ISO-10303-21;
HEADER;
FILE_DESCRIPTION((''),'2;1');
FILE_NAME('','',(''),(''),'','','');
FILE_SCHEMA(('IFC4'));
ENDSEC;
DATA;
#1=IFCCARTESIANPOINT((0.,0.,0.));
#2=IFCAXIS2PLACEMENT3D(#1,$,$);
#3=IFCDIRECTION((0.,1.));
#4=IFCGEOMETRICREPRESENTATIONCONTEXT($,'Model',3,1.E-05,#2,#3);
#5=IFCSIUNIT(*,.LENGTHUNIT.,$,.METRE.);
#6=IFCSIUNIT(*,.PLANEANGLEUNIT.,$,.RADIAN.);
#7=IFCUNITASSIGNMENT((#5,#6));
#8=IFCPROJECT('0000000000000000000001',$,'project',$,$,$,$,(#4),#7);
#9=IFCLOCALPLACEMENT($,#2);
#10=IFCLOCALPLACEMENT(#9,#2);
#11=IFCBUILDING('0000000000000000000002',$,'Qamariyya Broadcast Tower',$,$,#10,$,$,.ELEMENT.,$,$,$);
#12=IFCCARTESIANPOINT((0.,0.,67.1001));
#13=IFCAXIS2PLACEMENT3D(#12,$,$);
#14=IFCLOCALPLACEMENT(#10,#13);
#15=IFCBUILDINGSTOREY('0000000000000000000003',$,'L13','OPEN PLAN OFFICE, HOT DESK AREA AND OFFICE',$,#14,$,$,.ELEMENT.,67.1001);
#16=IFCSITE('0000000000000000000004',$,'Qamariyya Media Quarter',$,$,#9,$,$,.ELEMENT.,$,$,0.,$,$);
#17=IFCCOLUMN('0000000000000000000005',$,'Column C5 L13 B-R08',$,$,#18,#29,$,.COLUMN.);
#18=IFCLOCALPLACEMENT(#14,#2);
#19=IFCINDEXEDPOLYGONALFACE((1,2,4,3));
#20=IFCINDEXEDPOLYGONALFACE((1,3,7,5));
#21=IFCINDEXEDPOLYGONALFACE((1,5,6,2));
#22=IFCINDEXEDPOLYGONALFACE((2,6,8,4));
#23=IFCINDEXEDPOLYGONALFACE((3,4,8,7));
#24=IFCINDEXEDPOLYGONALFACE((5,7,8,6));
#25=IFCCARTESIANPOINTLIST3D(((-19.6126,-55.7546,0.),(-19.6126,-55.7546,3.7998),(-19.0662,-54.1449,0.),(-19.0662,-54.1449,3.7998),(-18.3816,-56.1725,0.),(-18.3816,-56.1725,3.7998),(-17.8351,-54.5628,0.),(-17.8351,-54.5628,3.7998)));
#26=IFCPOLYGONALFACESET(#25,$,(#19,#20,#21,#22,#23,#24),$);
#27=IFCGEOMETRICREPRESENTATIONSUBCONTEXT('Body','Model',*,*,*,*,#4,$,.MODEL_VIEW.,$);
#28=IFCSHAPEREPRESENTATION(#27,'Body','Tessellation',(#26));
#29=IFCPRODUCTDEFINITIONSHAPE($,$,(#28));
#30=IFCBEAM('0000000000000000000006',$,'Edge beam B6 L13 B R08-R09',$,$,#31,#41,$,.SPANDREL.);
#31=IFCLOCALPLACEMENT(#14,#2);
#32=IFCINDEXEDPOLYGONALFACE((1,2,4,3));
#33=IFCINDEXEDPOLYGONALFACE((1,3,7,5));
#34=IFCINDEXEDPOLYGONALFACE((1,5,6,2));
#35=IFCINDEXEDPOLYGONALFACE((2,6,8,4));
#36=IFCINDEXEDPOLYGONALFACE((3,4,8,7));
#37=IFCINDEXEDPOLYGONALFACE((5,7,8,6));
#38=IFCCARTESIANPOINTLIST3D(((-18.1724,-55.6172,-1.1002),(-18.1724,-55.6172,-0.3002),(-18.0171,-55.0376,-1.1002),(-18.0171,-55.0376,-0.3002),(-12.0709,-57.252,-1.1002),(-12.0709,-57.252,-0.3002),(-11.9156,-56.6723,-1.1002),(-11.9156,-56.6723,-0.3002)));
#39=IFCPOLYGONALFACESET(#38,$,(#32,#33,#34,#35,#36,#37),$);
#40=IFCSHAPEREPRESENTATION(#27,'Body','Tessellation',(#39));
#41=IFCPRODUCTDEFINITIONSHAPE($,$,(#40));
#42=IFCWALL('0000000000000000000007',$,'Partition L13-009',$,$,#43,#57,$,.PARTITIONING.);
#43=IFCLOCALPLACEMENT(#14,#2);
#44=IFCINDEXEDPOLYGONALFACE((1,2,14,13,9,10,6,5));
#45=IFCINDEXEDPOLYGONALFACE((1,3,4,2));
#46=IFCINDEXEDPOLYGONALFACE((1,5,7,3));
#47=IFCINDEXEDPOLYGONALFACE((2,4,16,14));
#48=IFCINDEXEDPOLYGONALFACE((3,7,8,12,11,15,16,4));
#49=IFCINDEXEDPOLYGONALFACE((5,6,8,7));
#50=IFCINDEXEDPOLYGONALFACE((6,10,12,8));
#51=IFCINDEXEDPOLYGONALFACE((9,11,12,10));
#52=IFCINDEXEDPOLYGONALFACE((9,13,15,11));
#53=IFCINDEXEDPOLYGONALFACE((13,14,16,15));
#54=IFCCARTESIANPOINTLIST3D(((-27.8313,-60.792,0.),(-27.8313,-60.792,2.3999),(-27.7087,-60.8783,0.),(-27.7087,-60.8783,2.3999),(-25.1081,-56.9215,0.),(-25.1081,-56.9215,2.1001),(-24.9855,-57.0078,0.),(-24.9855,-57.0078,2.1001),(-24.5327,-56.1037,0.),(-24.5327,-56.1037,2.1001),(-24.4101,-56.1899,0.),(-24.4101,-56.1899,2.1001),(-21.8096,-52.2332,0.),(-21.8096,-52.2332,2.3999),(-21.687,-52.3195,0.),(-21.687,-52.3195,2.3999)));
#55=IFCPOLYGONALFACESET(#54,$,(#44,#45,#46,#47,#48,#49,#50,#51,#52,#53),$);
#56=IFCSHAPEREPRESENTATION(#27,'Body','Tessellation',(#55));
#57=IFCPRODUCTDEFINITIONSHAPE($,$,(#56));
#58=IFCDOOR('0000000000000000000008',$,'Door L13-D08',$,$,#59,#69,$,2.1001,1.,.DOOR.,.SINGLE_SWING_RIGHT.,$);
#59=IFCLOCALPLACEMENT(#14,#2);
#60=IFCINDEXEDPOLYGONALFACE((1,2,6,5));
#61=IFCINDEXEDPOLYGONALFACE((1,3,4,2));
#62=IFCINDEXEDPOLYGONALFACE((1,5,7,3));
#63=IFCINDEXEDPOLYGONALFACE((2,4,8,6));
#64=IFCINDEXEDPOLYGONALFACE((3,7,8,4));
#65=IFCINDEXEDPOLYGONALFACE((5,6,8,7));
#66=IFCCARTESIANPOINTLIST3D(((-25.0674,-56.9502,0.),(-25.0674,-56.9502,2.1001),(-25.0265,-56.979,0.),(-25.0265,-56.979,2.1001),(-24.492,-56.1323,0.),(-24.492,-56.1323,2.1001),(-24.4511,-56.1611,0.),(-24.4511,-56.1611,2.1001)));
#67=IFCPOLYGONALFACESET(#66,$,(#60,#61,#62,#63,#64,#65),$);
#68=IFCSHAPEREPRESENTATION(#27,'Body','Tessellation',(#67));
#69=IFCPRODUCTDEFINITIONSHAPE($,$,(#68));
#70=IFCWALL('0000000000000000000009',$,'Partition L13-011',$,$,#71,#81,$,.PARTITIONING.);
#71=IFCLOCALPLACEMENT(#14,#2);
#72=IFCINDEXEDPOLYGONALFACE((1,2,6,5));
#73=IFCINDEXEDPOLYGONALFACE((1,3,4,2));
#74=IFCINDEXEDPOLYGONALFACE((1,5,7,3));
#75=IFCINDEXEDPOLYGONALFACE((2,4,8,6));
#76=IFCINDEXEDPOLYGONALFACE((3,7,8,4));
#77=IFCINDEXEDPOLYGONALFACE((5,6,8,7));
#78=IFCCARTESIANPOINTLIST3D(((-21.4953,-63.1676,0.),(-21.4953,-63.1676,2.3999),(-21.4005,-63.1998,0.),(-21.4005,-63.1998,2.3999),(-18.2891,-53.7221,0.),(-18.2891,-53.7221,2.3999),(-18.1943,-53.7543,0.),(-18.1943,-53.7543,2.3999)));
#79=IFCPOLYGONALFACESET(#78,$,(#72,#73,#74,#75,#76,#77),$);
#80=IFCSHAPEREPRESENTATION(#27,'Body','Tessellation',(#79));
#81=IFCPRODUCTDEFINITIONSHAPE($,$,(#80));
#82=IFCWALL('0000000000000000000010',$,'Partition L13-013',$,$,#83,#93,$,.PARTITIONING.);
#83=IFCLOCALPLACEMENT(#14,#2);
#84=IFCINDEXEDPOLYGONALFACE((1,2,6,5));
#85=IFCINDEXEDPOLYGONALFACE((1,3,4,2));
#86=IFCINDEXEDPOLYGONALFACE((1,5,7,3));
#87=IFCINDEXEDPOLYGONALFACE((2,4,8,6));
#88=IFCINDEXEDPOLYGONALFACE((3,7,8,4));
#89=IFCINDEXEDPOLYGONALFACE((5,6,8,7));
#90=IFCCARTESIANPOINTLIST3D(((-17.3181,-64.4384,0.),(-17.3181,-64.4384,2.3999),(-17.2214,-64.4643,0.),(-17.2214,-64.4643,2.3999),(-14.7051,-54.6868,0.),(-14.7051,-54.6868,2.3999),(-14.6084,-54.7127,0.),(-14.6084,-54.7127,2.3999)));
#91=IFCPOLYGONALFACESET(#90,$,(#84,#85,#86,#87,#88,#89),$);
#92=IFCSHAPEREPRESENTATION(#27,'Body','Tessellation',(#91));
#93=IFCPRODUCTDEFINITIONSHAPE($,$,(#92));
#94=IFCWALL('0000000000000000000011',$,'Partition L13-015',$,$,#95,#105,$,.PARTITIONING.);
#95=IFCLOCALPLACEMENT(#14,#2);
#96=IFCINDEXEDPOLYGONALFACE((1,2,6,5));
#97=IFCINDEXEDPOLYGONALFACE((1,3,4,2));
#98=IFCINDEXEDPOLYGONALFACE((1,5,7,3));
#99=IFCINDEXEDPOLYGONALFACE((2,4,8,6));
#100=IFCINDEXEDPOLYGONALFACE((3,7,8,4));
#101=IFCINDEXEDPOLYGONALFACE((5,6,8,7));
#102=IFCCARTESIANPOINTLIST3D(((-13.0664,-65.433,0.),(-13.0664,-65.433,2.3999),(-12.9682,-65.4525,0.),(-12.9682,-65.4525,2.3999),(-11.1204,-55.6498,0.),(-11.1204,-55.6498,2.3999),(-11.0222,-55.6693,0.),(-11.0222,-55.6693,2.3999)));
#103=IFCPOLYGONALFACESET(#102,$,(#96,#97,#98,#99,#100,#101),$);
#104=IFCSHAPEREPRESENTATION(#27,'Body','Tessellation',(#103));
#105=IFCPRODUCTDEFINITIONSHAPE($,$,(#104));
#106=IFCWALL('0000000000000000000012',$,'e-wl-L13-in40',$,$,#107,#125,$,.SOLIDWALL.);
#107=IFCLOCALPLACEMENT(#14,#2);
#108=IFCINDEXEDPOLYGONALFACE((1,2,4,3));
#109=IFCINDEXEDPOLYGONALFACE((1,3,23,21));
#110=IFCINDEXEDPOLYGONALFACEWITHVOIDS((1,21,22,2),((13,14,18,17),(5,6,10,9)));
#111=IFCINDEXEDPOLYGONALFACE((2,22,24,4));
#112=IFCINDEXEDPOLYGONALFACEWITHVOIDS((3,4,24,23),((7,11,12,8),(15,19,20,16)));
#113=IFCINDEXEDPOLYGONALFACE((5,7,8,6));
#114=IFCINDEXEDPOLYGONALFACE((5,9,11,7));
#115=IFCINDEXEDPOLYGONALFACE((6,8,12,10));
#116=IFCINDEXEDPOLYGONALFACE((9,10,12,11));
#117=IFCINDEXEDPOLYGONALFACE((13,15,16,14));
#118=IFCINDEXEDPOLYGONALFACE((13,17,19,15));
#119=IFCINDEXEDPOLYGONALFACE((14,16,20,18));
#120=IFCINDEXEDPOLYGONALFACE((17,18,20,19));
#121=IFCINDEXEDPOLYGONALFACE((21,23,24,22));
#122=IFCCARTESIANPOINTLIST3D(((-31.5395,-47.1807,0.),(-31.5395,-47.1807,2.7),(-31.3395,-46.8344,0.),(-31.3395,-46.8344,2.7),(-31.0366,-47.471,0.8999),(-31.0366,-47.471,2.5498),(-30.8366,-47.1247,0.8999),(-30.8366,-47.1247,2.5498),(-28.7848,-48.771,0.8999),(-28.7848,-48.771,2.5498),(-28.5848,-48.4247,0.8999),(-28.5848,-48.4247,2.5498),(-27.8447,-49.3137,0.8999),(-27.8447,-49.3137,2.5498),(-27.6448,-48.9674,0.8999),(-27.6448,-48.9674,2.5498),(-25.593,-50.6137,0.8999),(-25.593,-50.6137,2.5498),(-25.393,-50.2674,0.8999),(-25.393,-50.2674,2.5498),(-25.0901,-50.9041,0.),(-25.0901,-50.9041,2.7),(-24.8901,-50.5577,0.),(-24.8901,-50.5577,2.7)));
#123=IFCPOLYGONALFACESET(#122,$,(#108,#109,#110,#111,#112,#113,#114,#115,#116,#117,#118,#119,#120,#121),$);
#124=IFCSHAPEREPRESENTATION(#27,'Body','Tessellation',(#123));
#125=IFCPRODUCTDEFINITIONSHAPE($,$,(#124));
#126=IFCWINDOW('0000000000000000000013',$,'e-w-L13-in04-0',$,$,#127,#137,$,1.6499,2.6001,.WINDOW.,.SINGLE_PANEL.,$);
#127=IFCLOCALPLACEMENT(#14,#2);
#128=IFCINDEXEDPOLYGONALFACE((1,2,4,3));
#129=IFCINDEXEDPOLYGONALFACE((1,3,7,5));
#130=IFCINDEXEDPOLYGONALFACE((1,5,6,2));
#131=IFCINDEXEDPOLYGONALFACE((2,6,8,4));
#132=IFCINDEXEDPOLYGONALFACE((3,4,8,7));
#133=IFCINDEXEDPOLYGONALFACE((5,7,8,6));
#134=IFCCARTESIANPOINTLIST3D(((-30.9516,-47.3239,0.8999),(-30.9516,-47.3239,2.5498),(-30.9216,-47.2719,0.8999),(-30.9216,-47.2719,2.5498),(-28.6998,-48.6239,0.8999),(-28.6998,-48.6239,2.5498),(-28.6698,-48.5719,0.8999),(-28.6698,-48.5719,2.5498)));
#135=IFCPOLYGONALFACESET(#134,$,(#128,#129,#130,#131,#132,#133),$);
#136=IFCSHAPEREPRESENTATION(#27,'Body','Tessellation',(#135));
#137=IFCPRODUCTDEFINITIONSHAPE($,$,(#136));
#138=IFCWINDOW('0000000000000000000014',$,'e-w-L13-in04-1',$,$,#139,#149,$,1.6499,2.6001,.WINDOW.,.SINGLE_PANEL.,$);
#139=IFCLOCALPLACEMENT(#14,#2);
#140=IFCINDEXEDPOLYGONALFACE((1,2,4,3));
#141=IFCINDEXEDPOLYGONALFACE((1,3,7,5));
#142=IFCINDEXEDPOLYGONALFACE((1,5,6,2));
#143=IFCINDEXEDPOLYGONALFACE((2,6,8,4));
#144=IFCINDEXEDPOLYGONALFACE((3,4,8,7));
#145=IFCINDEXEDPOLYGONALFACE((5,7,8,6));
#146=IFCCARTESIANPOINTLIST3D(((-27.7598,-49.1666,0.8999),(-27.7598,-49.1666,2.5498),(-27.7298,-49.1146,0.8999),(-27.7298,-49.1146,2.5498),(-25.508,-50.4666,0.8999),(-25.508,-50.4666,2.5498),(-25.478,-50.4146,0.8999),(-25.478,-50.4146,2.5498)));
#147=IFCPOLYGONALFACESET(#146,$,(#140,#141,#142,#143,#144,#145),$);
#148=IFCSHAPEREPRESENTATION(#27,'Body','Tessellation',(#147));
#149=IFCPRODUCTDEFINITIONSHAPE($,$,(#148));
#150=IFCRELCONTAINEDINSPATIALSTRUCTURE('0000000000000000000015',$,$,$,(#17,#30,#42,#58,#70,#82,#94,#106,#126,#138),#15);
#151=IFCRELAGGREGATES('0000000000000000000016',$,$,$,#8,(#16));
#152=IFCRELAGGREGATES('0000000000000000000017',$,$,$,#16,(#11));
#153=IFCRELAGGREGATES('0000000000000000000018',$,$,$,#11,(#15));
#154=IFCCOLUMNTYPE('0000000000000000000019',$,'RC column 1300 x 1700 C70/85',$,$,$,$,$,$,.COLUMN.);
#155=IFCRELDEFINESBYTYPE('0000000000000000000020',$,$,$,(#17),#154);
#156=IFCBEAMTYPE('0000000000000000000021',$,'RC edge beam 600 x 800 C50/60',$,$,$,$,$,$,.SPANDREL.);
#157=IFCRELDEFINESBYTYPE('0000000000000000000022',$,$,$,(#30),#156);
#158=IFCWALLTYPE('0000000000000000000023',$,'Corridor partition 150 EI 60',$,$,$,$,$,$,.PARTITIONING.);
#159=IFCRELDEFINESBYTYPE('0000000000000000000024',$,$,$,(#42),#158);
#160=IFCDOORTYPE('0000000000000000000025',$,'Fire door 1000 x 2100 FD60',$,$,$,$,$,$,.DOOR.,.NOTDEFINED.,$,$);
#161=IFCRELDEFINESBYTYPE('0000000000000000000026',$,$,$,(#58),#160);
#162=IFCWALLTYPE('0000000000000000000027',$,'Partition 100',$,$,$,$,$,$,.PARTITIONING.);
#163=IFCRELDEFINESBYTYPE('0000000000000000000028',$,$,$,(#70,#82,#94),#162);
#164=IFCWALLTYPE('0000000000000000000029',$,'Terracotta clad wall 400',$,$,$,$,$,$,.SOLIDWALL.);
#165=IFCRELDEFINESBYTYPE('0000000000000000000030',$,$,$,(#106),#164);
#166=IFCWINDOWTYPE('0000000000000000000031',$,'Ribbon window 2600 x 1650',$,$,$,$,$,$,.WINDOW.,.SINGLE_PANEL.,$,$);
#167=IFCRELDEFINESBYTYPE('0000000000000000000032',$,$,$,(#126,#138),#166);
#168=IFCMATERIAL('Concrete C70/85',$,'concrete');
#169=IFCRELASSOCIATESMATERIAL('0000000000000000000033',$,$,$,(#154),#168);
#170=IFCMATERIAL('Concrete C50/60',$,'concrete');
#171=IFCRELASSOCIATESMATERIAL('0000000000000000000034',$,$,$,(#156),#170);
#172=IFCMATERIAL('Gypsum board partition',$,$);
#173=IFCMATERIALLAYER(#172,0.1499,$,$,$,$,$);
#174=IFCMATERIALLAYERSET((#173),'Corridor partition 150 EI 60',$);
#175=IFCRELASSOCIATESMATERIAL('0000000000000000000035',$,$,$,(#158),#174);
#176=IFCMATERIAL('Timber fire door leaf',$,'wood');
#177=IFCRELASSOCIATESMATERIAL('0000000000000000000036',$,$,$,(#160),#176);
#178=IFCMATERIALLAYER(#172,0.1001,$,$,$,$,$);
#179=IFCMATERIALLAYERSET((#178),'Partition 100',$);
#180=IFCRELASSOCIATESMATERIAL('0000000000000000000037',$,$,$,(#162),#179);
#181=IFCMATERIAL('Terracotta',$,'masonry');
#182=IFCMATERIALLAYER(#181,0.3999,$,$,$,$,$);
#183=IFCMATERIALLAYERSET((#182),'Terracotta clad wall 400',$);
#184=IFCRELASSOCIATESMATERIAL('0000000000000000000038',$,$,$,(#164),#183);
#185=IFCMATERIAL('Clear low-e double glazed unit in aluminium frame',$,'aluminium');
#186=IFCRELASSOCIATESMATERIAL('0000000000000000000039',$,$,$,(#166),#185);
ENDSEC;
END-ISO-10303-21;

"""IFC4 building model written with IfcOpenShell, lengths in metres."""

from ifc_helpers import new_model, si_unit, direction, frame, frame_2d, origin, origin_2d, place, context, subcontext, project, spatial, rectangle, extrude, material, layer, layer_set, material_profile, profile_set, type_object, element, fill, save


model = new_model("IFC4")

# Units and contexts
model_context = context("Model", 3, precision=1e-05, world=origin(), true_north=direction((0.0, 1.0)))
body_context = subcontext(model_context, "Body", "Model", "MODEL_VIEW")
ifc_project = project(units=[si_unit("LENGTHUNIT", "METRE"), si_unit("PLANEANGLEUNIT", "RADIAN")], contexts=[model_context])

# Site, building, storey
site_placement = place(None, origin())
site = spatial("IfcSite", under=ifc_project, at=site_placement, Name="Qamariyya Media Quarter", CompositionType="ELEMENT", RefElevation=0.0)
building_placement = place(site_placement, origin())
building = spatial("IfcBuilding", under=site, at=building_placement, Name="Qamariyya Broadcast Tower", CompositionType="ELEMENT")
storey_placement = place(building_placement, frame((0.0, 0.0, 67.1001)))
storey = spatial("IfcBuildingStorey", under=building, at=storey_placement, Name="L13", Description="OPEN PLAN OFFICE, HOT DESK AREA AND OFFICE", CompositionType="ELEMENT", Elevation=67.1001)

# Column
ifc_material_1 = material(Name="Concrete C70/85", Category="concrete")
ifc_material_profile_1 = material_profile(ifc_material_1, rectangle(XDim=1.3, YDim=1.7, at=origin_2d()))
ifc_profile_set_1 = profile_set([ifc_material_profile_1], Name="Concrete C70/85")
column_type = type_object("IfcColumnType", Name="RC column 1300 x 1700 C70/85", PredefinedType="COLUMN", material=ifc_profile_set_1)
column_placement = place(storey_placement, frame((-18.7239, -55.1587, 0.0), z_axis=(0.0, 0.0, 1.0), x_axis=(0.94693, -0.321439, 0.0)))
element("IfcColumn", 1, at=column_placement, inside=storey, type_object=column_type, Name="Column C5 L13 B-R08", PredefinedType="COLUMN", context=body_context, shape_type="SweptSolid", body=[
    extrude(rectangle(XDim=1.3, YDim=1.7, at=origin_2d()), origin(), (0.0, 0.0, 1.0), 3.7998),
])

# Beam
ifc_material_2 = material(Name="Concrete C50/60", Category="concrete")
ifc_material_profile_2 = material_profile(ifc_material_2, rectangle(XDim=0.6001, YDim=0.8, at=origin_2d()))
ifc_profile_set_2 = profile_set([ifc_material_profile_2], Name="Concrete C50/60")
beam_type = type_object("IfcBeamType", Name="RC edge beam 600 x 800 C50/60", PredefinedType="SPANDREL", material=ifc_profile_set_2)
beam_placement = place(storey_placement, frame((-18.0947, -55.3274, -0.7002), z_axis=(0.965931, -0.258798, 0.0), x_axis=(0.258798, 0.965931, 0.0)))
element("IfcBeam", 2, at=beam_placement, inside=storey, type_object=beam_type, Name="Edge beam B6 L13 B R08-R09", PredefinedType="SPANDREL", context=body_context, shape_type="SweptSolid", body=[
    extrude(rectangle(XDim=0.6001, YDim=0.8, at=origin_2d()), origin(), (0.0, 0.0, 1.0), 6.3167),
])

# Wall, opening, door
ifc_material_3 = material(Name="Gypsum board partition")
ifc_layer_1 = layer(ifc_material_3, 0.1499)
ifc_layer_set_1 = layer_set([ifc_layer_1], Name="Corridor partition 150 EI 60")
wall_type_1 = type_object("IfcWallType", Name="Corridor partition 150 EI 60", PredefinedType="PARTITIONING", material=ifc_layer_set_1)
wall_1_placement = place(storey_placement, frame((-21.7483, -52.2764, 0.0), z_axis=(0.0, 0.0, 1.0), x_axis=(-0.575419, -0.817858, 0.0)))
wall_1 = element("IfcWall", 3, at=wall_1_placement, inside=storey, type_object=wall_type_1, Name="Partition L13-009", PredefinedType="PARTITIONING", context=body_context, shape_type="SweptSolid", body=[
    extrude(rectangle(XDim=10.4648, YDim=0.1499, at=frame_2d((5.2324, 0.0))), origin(), (0.0, 0.0, 1.0), 2.3999),
])
opening_1_placement = place(wall_1_placement, frame((4.7324, 0.0, 0.0)))
opening_1 = element("IfcOpeningElement", 4, at=opening_1_placement, cuts=wall_1, PredefinedType="OPENING", context=body_context, shape_type="SweptSolid", body=[
    extrude(rectangle(XDim=1.0, YDim=2.1001, at=frame_2d((0.5, 1.05))), frame((0.0, 0.085, 0.0), z_axis=(0.0, -1.0, 0.0), x_axis=(1.0, 0.0, 0.0)), (0.0, 0.0, 1.0), 0.1699),
])
ifc_material_4 = material(Name="Timber fire door leaf", Category="wood")
door_type = type_object("IfcDoorType", Name="Fire door 1000 x 2100 FD60", OperationType="NOTDEFINED", PredefinedType="DOOR", material=ifc_material_4)
door_placement = place(opening_1_placement, origin())
door = element("IfcDoor", 5, at=door_placement, inside=storey, type_object=door_type, Name="Door L13-D08", OperationType="SINGLE_SWING_RIGHT", OverallHeight=2.1001, OverallWidth=1.0, PredefinedType="DOOR", context=body_context, shape_type="SweptSolid", body=[
    extrude(rectangle(XDim=1.0, YDim=2.1001, at=frame_2d((0.5, 1.05))), frame((0.0, 0.0249, 0.0), z_axis=(0.0, -1.0, 0.0), x_axis=(1.0, 0.0, 0.0)), (0.0, 0.0, 1.0), 0.05),
])
fill(opening_1, door)

# Walls
ifc_layer_2 = layer(ifc_material_3, 0.1001)
ifc_layer_set_2 = layer_set([ifc_layer_2], Name="Partition 100")
wall_type_2 = type_object("IfcWallType", Name="Partition 100", PredefinedType="PARTITIONING", material=ifc_layer_set_2)
wall_2_placement = place(storey_placement, frame((-18.2417, -53.7383, 0.0), z_axis=(0.0, 0.0, 1.0), x_axis=(-0.321436, -0.946931, 0.0)))
element("IfcWall", 6, at=wall_2_placement, inside=storey, type_object=wall_type_2, Name="Partition L13-011", PredefinedType="PARTITIONING", context=body_context, shape_type="SweptSolid", body=[
    extrude(rectangle(XDim=9.9749, YDim=0.1001, at=frame_2d((4.9873, 0.0))), origin(), (0.0, 0.0, 1.0), 2.3999),
])
wall_3_placement = place(storey_placement, frame((-14.6567, -54.6997, 0.0), z_axis=(0.0, 0.0, 1.0), x_axis=(-0.258826, -0.965924, 0.0)))
element("IfcWall", 7, at=wall_3_placement, inside=storey, type_object=wall_type_2, Name="Partition L13-013", PredefinedType="PARTITIONING", context=body_context, shape_type="SweptSolid", body=[
    extrude(rectangle(XDim=10.0957, YDim=0.1001, at=frame_2d((5.0479, 0.0))), origin(), (0.0, 0.0, 1.0), 2.3999),
])
wall_4_placement = place(storey_placement, frame((-11.0713, -55.6597, 0.0), z_axis=(0.0, 0.0, 1.0), x_axis=(-0.195095, -0.980784, 0.0)))
element("IfcWall", 8, at=wall_4_placement, inside=storey, type_object=wall_type_2, Name="Partition L13-015", PredefinedType="PARTITIONING", context=body_context, shape_type="SweptSolid", body=[
    extrude(rectangle(XDim=9.9749, YDim=0.1001, at=frame_2d((4.9873, 0.0))), origin(), (0.0, 0.0, 1.0), 2.3999),
])

# Wall, openings, windows
ifc_material_5 = material(Name="Terracotta", Category="masonry")
ifc_layer_3 = layer(ifc_material_5, 0.3999)
ifc_layer_set_3 = layer_set([ifc_layer_3], Name="Terracotta clad wall 400")
wall_type_3 = type_object("IfcWallType", Name="Terracotta clad wall 400", PredefinedType="SOLIDWALL", material=ifc_layer_set_3)
wall_5_placement = place(storey_placement, frame((-24.99, -50.731, 0.0), z_axis=(0.0, 0.0, 1.0), x_axis=(-0.866038, 0.499979, 0.0)))
wall_5 = element("IfcWall", 9, at=wall_5_placement, inside=storey, type_object=wall_type_3, Name="e-wl-L13-in40", PredefinedType="SOLIDWALL", context=body_context, shape_type="SweptSolid", body=[
    extrude(rectangle(XDim=7.447, YDim=0.3999, at=frame_2d((3.7236, 0.0))), origin(), (0.0, 0.0, 1.0), 2.7),
])
opening_2_placement = place(wall_5_placement, frame((4.2664, 0.0, 0.8999)))
opening_2 = element("IfcOpeningElement", 10, at=opening_2_placement, cuts=wall_5, PredefinedType="OPENING", context=body_context, shape_type="SweptSolid", body=[
    extrude(rectangle(XDim=2.6001, YDim=1.6499, at=frame_2d((1.3, 0.825))), frame((0.0, 0.21, 0.0), z_axis=(0.0, -1.0, 0.0), x_axis=(1.0, 0.0, 0.0)), (0.0, 0.0, 1.0), 0.4199),
])
opening_3_placement = place(wall_5_placement, frame((0.5808, 0.0, 0.8999)))
opening_3 = element("IfcOpeningElement", 11, at=opening_3_placement, cuts=wall_5, PredefinedType="OPENING", context=body_context, shape_type="SweptSolid", body=[
    extrude(rectangle(XDim=2.6001, YDim=1.6499, at=frame_2d((1.3, 0.825))), frame((0.0, 0.21, 0.0), z_axis=(0.0, -1.0, 0.0), x_axis=(1.0, 0.0, 0.0)), (0.0, 0.0, 1.0), 0.4199),
])
ifc_material_6 = material(Name="Clear low-e double glazed unit in aluminium frame", Category="aluminium")
window_type = type_object("IfcWindowType", Name="Ribbon window 2600 x 1650", PartitioningType="SINGLE_PANEL", PredefinedType="WINDOW", material=ifc_material_6)
window_1_placement = place(opening_2_placement, origin())
window_1 = element("IfcWindow", 12, at=window_1_placement, inside=storey, type_object=window_type, Name="e-w-L13-in04-0", OverallHeight=1.6499, OverallWidth=2.6001, PartitioningType="SINGLE_PANEL", PredefinedType="WINDOW", context=body_context, shape_type="SweptSolid", body=[
    extrude(rectangle(XDim=2.6001, YDim=1.6499, at=frame_2d((1.3, 0.825))), frame((0.0, 0.03, 0.0), z_axis=(0.0, -1.0, 0.0), x_axis=(1.0, 0.0, 0.0)), (0.0, 0.0, 1.0), 0.0601),
])
fill(opening_2, window_1)
window_2_placement = place(opening_3_placement, origin())
window_2 = element("IfcWindow", 13, at=window_2_placement, inside=storey, type_object=window_type, Name="e-w-L13-in04-1", OverallHeight=1.6499, OverallWidth=2.6001, PartitioningType="SINGLE_PANEL", PredefinedType="WINDOW", context=body_context, shape_type="SweptSolid", body=[
    extrude(rectangle(XDim=2.6001, YDim=1.6499, at=frame_2d((1.3, 0.825))), frame((0.0, 0.03, 0.0), z_axis=(0.0, -1.0, 0.0), x_axis=(1.0, 0.0, 0.0)), (0.0, 0.0, 1.0), 0.0601),
])
fill(opening_3, window_2)

save(model, "model.ifc")
